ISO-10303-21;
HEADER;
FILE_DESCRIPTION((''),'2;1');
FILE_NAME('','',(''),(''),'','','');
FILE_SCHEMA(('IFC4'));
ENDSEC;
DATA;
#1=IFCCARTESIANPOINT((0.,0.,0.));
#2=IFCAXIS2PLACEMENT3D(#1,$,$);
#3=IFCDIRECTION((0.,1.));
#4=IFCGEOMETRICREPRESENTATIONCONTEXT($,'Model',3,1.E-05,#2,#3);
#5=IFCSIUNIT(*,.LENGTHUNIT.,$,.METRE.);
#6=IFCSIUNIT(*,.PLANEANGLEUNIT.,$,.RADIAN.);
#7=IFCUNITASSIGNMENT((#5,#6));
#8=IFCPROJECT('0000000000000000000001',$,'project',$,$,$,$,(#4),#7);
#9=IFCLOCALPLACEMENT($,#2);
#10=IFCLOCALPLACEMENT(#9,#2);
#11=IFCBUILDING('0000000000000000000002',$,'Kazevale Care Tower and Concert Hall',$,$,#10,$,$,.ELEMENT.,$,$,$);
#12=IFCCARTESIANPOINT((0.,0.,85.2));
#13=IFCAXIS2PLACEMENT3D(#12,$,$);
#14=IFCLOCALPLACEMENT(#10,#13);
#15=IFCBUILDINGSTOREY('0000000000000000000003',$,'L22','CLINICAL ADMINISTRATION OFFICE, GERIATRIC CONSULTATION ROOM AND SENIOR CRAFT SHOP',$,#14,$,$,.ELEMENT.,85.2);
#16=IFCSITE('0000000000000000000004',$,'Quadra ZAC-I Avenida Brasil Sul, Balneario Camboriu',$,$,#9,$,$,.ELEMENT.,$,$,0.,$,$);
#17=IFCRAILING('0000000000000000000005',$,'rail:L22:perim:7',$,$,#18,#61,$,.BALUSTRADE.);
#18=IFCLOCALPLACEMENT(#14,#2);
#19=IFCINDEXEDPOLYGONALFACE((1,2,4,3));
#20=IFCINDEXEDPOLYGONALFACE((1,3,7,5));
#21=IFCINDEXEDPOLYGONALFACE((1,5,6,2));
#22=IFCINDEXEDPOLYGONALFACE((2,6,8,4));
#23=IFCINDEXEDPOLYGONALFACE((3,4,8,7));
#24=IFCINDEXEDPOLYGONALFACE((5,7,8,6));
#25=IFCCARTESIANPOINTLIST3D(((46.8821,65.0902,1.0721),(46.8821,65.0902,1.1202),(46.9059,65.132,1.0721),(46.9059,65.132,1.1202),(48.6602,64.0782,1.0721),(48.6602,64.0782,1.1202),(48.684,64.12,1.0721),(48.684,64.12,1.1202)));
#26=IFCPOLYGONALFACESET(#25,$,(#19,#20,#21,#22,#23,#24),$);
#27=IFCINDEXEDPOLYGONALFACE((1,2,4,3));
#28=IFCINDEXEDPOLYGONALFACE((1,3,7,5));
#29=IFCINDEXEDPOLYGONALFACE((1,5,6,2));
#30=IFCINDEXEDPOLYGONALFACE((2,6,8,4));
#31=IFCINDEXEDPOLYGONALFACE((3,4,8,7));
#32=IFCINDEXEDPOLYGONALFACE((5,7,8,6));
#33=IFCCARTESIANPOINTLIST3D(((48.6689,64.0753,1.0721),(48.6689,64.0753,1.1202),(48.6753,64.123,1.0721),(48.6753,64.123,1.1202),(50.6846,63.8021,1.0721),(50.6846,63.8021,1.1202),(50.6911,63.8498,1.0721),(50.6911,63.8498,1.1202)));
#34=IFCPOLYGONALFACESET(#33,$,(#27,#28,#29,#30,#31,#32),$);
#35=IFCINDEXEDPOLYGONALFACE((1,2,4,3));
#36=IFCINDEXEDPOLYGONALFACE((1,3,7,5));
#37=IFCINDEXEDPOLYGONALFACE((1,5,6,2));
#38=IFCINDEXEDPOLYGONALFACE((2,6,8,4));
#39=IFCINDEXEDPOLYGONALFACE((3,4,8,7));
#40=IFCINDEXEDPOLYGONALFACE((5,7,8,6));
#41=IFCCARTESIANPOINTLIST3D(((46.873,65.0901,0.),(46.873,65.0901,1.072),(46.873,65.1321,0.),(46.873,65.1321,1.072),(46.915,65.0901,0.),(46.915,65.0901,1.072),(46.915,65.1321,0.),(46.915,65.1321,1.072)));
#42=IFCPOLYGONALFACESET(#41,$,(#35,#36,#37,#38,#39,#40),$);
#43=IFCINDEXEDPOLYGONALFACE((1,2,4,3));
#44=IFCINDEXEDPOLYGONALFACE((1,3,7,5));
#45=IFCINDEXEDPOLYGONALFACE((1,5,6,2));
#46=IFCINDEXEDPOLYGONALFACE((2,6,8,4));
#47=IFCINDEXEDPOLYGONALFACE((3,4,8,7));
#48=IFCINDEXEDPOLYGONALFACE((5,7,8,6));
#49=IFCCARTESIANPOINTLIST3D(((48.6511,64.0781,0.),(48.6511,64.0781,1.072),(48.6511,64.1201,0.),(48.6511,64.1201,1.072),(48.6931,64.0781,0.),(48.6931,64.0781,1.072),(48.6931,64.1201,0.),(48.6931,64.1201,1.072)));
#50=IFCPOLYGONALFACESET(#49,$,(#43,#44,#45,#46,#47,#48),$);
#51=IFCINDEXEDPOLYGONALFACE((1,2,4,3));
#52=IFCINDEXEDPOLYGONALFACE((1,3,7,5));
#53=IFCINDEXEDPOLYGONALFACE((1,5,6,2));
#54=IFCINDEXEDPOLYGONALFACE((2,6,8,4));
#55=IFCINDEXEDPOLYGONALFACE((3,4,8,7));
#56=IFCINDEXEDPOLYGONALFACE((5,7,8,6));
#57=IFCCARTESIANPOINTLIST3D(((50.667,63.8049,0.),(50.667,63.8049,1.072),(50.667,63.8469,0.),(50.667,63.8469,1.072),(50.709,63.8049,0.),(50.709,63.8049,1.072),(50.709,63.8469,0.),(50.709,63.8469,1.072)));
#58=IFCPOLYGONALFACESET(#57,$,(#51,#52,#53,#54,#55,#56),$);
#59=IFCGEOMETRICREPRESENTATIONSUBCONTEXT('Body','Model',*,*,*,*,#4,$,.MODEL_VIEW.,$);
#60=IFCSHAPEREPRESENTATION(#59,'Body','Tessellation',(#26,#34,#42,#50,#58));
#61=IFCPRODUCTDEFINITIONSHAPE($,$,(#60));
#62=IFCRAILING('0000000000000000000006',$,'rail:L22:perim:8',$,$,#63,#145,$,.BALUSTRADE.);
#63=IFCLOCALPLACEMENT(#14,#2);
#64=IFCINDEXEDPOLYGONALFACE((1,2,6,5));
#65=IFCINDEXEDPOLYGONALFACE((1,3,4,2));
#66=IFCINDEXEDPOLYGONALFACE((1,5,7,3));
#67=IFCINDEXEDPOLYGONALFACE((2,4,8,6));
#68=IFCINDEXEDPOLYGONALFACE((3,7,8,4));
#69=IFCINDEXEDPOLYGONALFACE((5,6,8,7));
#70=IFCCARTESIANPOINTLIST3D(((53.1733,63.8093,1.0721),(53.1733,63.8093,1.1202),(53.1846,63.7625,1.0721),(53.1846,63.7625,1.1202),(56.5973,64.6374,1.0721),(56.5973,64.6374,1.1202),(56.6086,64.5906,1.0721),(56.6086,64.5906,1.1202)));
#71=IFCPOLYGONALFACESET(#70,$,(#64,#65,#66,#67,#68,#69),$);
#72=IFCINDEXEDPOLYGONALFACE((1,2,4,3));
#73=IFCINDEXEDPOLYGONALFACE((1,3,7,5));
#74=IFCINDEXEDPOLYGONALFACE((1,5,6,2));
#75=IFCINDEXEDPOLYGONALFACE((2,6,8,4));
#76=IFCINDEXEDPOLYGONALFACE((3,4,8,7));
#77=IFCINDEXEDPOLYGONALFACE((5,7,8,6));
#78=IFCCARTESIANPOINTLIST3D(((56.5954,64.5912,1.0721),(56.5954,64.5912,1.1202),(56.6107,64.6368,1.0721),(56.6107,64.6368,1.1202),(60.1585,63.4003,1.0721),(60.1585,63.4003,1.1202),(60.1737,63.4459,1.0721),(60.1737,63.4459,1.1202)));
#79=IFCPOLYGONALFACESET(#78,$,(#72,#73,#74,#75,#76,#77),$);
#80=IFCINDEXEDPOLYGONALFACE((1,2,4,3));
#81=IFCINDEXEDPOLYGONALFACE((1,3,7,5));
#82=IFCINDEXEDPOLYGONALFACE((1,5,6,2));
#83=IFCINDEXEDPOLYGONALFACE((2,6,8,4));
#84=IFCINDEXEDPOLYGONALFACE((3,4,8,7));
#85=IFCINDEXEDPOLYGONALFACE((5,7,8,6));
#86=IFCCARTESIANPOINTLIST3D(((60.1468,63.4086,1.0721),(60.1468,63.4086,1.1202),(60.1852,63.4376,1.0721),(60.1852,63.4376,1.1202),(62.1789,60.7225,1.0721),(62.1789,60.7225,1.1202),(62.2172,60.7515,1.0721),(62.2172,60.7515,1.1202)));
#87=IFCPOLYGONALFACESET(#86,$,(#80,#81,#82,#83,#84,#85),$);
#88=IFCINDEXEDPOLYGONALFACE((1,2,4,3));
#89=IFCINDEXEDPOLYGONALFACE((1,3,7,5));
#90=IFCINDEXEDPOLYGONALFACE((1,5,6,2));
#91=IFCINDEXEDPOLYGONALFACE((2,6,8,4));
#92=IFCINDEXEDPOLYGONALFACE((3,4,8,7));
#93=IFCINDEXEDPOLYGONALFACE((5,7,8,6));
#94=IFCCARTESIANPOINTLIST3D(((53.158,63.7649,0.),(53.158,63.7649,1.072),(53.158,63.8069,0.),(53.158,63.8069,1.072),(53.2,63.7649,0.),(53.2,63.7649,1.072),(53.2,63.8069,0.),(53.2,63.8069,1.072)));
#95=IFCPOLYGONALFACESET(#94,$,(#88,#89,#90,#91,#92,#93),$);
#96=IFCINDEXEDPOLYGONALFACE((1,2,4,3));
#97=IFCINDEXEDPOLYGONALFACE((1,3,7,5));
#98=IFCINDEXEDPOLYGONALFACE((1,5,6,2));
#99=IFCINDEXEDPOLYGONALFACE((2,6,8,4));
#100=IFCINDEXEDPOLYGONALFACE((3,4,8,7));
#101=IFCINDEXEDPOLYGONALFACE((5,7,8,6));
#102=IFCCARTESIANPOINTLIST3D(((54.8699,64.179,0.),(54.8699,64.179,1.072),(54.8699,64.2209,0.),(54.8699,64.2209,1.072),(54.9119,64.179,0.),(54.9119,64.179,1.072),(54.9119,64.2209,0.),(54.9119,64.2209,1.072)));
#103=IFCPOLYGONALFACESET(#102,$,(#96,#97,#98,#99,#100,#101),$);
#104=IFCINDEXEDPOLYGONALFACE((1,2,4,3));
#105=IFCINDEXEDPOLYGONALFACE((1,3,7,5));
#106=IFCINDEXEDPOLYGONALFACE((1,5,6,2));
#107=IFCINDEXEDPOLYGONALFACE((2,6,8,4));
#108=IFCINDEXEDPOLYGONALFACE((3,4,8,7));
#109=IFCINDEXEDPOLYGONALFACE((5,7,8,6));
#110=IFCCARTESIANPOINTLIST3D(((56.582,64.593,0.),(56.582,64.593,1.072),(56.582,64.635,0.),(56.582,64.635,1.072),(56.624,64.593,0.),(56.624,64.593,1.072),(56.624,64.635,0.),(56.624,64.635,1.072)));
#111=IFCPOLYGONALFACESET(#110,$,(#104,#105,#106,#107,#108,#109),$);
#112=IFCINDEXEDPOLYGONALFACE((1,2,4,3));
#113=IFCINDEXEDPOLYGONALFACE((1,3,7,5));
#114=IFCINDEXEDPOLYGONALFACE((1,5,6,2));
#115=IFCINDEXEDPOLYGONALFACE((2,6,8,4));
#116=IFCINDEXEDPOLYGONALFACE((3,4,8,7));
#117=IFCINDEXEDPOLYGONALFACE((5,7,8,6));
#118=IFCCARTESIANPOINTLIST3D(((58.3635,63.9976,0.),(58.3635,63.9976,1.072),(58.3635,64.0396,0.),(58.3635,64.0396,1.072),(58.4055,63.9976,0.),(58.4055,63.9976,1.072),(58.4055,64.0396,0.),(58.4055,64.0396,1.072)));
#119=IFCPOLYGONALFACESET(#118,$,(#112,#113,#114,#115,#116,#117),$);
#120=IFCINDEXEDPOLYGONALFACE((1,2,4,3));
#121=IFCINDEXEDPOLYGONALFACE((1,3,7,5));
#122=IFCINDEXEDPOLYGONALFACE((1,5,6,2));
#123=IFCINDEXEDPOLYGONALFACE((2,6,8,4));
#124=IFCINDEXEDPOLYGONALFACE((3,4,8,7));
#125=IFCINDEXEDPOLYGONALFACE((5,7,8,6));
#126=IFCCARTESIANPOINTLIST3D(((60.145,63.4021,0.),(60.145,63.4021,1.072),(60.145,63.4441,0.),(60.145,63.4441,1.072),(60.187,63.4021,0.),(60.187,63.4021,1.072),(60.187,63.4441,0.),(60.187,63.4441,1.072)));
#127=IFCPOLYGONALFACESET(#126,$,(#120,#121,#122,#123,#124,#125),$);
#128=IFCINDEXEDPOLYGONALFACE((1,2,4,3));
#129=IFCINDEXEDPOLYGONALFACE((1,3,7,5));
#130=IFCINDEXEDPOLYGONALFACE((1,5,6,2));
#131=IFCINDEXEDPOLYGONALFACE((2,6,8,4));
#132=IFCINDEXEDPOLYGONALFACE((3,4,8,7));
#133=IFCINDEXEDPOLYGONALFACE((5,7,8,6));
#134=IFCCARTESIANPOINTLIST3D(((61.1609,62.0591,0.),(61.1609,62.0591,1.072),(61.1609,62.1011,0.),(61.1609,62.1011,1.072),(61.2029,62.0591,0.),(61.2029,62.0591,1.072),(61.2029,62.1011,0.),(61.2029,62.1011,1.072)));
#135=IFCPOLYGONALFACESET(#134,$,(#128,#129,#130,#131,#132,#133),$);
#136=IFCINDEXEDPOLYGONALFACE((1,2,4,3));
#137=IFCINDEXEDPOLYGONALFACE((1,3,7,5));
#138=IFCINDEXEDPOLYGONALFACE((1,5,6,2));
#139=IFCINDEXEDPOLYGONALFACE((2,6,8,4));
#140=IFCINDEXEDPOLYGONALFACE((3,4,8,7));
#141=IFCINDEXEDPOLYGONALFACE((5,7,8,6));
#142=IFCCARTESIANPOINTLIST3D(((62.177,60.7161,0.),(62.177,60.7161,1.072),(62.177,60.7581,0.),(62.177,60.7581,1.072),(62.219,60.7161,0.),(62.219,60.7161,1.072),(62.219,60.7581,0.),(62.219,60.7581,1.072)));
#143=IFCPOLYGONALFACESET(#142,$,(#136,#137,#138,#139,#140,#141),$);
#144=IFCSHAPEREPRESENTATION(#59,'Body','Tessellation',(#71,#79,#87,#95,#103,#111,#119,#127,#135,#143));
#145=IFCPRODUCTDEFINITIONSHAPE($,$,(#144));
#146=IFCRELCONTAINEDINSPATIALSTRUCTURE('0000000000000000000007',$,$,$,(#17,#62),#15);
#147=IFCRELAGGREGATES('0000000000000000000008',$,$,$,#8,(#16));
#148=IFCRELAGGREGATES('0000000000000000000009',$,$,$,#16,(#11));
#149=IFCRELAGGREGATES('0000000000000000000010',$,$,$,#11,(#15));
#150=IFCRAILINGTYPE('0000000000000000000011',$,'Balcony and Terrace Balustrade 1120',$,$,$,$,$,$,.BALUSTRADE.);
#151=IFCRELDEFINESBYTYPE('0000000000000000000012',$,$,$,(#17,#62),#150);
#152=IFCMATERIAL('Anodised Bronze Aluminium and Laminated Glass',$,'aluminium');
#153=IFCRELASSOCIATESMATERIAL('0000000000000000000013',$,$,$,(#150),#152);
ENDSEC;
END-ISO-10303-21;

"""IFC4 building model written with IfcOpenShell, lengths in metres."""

from ifc_helpers import new_model, si_unit, direction, frame, origin, origin_2d, place, context, subcontext, project, spatial, rectangle, extrude, material, type_object, element, save


model = new_model("IFC4")

# Units and contexts
model_context = context("Model", 3, precision=1e-05, world=origin(), true_north=direction((0.0, 1.0)))
body_context = subcontext(model_context, "Body", "Model", "MODEL_VIEW")
ifc_project = project(units=[si_unit("LENGTHUNIT", "METRE"), si_unit("PLANEANGLEUNIT", "RADIAN")], contexts=[model_context])

# Site, building, storey
site_placement = place(None, origin())
site = spatial("IfcSite", under=ifc_project, at=site_placement, Name="Quadra ZAC-I Avenida Brasil Sul, Balneario Camboriu", CompositionType="ELEMENT", RefElevation=0.0)
building_placement = place(site_placement, origin())
building = spatial("IfcBuilding", under=site, at=building_placement, Name="Kazevale Care Tower and Concert Hall", CompositionType="ELEMENT")
storey_placement = place(building_placement, frame((0.0, 0.0, 85.2)))
storey = spatial("IfcBuildingStorey", under=building, at=storey_placement, Name="L22", Description="CLINICAL ADMINISTRATION OFFICE, GERIATRIC CONSULTATION ROOM AND SENIOR CRAFT SHOP", CompositionType="ELEMENT", Elevation=85.2)

# Railings
ifc_material_1 = material(Name="Anodised Bronze Aluminium and Laminated Glass", Category="aluminium")
railing_type = type_object("IfcRailingType", Name="Balcony and Terrace Balustrade 1120", PredefinedType="BALUSTRADE", material=ifc_material_1)
railing_1_placement = place(storey_placement, frame((46.894, 65.1111, 0.0)))
element("IfcRailing", 1, at=railing_1_placement, inside=storey, type_object=railing_type, Name="rail:L22:perim:7", PredefinedType="BALUSTRADE", context=body_context, shape_type="SweptSolid", body=[
    extrude(rectangle(XDim=0.0481, YDim=0.0481, at=origin_2d()), frame((0.0, 0.0, 1.0962), z_axis=(0.869101, -0.494635, 0.0), x_axis=(0.494635, 0.869101, 0.0)), (0.0, 0.0, 1.0), 2.0459),
    extrude(rectangle(XDim=0.0481, YDim=0.0481, at=origin_2d()), frame((1.7781, -1.012, 1.0962), z_axis=(0.990942, -0.134294, 0.0), x_axis=(0.134294, 0.990942, 0.0)), (0.0, 0.0, 1.0), 2.0342),
    extrude(rectangle(XDim=0.042, YDim=0.042, at=origin_2d()), origin(), (0.0, 0.0, 1.0), 1.072),
    extrude(rectangle(XDim=0.042, YDim=0.042, at=origin_2d()), frame((1.7781, -1.012, 0.0)), (0.0, 0.0, 1.0), 1.072),
    extrude(rectangle(XDim=0.042, YDim=0.042, at=origin_2d()), frame((3.7939, -1.2852, 0.0)), (0.0, 0.0, 1.0), 1.072),
])
railing_2_placement = place(storey_placement, frame((53.179, 63.7859, 0.0)))
element("IfcRailing", 2, at=railing_2_placement, inside=storey, type_object=railing_type, Name="rail:L22:perim:8", PredefinedType="BALUSTRADE", context=body_context, shape_type="SweptSolid", body=[
    extrude(rectangle(XDim=0.0481, YDim=0.0481, at=origin_2d()), frame((0.0, 0.0, 1.0962), z_axis=(0.971977, 0.235076, 0.0), x_axis=(-0.235076, 0.971977, 0.0)), (0.0, 0.0, 1.0), 3.5227),
    extrude(rectangle(XDim=0.0481, YDim=0.0481, at=origin_2d()), frame((3.4241, 0.8281, 1.0962), z_axis=(0.948423, -0.317008, 0.0), x_axis=(0.317008, 0.948423, 0.0)), (0.0, 0.0, 1.0), 3.7568),
    extrude(rectangle(XDim=0.0481, YDim=0.0481, at=origin_2d()), frame((6.9871, -0.3628, 1.0962), z_axis=(0.603312, -0.797505, 0.0), x_axis=(0.797505, 0.603312, 0.0)), (0.0, 0.0, 1.0), 3.3682),
    extrude(rectangle(XDim=0.042, YDim=0.042, at=origin_2d()), origin(), (0.0, 0.0, 1.0), 1.072),
    extrude(rectangle(XDim=0.042, YDim=0.042, at=origin_2d()), frame((1.7119, 0.4141, 0.0)), (0.0, 0.0, 1.0), 1.072),
    extrude(rectangle(XDim=0.042, YDim=0.042, at=origin_2d()), frame((3.4241, 0.8281, 0.0)), (0.0, 0.0, 1.0), 1.072),
    extrude(rectangle(XDim=0.042, YDim=0.042, at=origin_2d()), frame((5.2056, 0.2327, 0.0)), (0.0, 0.0, 1.0), 1.072),
    extrude(rectangle(XDim=0.042, YDim=0.042, at=origin_2d()), frame((6.9871, -0.3628, 0.0)), (0.0, 0.0, 1.0), 1.072),
    extrude(rectangle(XDim=0.042, YDim=0.042, at=origin_2d()), frame((8.0029, -1.7058, 0.0)), (0.0, 0.0, 1.0), 1.072),
    extrude(rectangle(XDim=0.042, YDim=0.042, at=origin_2d()), frame((9.019, -3.0488, 0.0)), (0.0, 0.0, 1.0), 1.072),
])

save(model, "model.ifc")
